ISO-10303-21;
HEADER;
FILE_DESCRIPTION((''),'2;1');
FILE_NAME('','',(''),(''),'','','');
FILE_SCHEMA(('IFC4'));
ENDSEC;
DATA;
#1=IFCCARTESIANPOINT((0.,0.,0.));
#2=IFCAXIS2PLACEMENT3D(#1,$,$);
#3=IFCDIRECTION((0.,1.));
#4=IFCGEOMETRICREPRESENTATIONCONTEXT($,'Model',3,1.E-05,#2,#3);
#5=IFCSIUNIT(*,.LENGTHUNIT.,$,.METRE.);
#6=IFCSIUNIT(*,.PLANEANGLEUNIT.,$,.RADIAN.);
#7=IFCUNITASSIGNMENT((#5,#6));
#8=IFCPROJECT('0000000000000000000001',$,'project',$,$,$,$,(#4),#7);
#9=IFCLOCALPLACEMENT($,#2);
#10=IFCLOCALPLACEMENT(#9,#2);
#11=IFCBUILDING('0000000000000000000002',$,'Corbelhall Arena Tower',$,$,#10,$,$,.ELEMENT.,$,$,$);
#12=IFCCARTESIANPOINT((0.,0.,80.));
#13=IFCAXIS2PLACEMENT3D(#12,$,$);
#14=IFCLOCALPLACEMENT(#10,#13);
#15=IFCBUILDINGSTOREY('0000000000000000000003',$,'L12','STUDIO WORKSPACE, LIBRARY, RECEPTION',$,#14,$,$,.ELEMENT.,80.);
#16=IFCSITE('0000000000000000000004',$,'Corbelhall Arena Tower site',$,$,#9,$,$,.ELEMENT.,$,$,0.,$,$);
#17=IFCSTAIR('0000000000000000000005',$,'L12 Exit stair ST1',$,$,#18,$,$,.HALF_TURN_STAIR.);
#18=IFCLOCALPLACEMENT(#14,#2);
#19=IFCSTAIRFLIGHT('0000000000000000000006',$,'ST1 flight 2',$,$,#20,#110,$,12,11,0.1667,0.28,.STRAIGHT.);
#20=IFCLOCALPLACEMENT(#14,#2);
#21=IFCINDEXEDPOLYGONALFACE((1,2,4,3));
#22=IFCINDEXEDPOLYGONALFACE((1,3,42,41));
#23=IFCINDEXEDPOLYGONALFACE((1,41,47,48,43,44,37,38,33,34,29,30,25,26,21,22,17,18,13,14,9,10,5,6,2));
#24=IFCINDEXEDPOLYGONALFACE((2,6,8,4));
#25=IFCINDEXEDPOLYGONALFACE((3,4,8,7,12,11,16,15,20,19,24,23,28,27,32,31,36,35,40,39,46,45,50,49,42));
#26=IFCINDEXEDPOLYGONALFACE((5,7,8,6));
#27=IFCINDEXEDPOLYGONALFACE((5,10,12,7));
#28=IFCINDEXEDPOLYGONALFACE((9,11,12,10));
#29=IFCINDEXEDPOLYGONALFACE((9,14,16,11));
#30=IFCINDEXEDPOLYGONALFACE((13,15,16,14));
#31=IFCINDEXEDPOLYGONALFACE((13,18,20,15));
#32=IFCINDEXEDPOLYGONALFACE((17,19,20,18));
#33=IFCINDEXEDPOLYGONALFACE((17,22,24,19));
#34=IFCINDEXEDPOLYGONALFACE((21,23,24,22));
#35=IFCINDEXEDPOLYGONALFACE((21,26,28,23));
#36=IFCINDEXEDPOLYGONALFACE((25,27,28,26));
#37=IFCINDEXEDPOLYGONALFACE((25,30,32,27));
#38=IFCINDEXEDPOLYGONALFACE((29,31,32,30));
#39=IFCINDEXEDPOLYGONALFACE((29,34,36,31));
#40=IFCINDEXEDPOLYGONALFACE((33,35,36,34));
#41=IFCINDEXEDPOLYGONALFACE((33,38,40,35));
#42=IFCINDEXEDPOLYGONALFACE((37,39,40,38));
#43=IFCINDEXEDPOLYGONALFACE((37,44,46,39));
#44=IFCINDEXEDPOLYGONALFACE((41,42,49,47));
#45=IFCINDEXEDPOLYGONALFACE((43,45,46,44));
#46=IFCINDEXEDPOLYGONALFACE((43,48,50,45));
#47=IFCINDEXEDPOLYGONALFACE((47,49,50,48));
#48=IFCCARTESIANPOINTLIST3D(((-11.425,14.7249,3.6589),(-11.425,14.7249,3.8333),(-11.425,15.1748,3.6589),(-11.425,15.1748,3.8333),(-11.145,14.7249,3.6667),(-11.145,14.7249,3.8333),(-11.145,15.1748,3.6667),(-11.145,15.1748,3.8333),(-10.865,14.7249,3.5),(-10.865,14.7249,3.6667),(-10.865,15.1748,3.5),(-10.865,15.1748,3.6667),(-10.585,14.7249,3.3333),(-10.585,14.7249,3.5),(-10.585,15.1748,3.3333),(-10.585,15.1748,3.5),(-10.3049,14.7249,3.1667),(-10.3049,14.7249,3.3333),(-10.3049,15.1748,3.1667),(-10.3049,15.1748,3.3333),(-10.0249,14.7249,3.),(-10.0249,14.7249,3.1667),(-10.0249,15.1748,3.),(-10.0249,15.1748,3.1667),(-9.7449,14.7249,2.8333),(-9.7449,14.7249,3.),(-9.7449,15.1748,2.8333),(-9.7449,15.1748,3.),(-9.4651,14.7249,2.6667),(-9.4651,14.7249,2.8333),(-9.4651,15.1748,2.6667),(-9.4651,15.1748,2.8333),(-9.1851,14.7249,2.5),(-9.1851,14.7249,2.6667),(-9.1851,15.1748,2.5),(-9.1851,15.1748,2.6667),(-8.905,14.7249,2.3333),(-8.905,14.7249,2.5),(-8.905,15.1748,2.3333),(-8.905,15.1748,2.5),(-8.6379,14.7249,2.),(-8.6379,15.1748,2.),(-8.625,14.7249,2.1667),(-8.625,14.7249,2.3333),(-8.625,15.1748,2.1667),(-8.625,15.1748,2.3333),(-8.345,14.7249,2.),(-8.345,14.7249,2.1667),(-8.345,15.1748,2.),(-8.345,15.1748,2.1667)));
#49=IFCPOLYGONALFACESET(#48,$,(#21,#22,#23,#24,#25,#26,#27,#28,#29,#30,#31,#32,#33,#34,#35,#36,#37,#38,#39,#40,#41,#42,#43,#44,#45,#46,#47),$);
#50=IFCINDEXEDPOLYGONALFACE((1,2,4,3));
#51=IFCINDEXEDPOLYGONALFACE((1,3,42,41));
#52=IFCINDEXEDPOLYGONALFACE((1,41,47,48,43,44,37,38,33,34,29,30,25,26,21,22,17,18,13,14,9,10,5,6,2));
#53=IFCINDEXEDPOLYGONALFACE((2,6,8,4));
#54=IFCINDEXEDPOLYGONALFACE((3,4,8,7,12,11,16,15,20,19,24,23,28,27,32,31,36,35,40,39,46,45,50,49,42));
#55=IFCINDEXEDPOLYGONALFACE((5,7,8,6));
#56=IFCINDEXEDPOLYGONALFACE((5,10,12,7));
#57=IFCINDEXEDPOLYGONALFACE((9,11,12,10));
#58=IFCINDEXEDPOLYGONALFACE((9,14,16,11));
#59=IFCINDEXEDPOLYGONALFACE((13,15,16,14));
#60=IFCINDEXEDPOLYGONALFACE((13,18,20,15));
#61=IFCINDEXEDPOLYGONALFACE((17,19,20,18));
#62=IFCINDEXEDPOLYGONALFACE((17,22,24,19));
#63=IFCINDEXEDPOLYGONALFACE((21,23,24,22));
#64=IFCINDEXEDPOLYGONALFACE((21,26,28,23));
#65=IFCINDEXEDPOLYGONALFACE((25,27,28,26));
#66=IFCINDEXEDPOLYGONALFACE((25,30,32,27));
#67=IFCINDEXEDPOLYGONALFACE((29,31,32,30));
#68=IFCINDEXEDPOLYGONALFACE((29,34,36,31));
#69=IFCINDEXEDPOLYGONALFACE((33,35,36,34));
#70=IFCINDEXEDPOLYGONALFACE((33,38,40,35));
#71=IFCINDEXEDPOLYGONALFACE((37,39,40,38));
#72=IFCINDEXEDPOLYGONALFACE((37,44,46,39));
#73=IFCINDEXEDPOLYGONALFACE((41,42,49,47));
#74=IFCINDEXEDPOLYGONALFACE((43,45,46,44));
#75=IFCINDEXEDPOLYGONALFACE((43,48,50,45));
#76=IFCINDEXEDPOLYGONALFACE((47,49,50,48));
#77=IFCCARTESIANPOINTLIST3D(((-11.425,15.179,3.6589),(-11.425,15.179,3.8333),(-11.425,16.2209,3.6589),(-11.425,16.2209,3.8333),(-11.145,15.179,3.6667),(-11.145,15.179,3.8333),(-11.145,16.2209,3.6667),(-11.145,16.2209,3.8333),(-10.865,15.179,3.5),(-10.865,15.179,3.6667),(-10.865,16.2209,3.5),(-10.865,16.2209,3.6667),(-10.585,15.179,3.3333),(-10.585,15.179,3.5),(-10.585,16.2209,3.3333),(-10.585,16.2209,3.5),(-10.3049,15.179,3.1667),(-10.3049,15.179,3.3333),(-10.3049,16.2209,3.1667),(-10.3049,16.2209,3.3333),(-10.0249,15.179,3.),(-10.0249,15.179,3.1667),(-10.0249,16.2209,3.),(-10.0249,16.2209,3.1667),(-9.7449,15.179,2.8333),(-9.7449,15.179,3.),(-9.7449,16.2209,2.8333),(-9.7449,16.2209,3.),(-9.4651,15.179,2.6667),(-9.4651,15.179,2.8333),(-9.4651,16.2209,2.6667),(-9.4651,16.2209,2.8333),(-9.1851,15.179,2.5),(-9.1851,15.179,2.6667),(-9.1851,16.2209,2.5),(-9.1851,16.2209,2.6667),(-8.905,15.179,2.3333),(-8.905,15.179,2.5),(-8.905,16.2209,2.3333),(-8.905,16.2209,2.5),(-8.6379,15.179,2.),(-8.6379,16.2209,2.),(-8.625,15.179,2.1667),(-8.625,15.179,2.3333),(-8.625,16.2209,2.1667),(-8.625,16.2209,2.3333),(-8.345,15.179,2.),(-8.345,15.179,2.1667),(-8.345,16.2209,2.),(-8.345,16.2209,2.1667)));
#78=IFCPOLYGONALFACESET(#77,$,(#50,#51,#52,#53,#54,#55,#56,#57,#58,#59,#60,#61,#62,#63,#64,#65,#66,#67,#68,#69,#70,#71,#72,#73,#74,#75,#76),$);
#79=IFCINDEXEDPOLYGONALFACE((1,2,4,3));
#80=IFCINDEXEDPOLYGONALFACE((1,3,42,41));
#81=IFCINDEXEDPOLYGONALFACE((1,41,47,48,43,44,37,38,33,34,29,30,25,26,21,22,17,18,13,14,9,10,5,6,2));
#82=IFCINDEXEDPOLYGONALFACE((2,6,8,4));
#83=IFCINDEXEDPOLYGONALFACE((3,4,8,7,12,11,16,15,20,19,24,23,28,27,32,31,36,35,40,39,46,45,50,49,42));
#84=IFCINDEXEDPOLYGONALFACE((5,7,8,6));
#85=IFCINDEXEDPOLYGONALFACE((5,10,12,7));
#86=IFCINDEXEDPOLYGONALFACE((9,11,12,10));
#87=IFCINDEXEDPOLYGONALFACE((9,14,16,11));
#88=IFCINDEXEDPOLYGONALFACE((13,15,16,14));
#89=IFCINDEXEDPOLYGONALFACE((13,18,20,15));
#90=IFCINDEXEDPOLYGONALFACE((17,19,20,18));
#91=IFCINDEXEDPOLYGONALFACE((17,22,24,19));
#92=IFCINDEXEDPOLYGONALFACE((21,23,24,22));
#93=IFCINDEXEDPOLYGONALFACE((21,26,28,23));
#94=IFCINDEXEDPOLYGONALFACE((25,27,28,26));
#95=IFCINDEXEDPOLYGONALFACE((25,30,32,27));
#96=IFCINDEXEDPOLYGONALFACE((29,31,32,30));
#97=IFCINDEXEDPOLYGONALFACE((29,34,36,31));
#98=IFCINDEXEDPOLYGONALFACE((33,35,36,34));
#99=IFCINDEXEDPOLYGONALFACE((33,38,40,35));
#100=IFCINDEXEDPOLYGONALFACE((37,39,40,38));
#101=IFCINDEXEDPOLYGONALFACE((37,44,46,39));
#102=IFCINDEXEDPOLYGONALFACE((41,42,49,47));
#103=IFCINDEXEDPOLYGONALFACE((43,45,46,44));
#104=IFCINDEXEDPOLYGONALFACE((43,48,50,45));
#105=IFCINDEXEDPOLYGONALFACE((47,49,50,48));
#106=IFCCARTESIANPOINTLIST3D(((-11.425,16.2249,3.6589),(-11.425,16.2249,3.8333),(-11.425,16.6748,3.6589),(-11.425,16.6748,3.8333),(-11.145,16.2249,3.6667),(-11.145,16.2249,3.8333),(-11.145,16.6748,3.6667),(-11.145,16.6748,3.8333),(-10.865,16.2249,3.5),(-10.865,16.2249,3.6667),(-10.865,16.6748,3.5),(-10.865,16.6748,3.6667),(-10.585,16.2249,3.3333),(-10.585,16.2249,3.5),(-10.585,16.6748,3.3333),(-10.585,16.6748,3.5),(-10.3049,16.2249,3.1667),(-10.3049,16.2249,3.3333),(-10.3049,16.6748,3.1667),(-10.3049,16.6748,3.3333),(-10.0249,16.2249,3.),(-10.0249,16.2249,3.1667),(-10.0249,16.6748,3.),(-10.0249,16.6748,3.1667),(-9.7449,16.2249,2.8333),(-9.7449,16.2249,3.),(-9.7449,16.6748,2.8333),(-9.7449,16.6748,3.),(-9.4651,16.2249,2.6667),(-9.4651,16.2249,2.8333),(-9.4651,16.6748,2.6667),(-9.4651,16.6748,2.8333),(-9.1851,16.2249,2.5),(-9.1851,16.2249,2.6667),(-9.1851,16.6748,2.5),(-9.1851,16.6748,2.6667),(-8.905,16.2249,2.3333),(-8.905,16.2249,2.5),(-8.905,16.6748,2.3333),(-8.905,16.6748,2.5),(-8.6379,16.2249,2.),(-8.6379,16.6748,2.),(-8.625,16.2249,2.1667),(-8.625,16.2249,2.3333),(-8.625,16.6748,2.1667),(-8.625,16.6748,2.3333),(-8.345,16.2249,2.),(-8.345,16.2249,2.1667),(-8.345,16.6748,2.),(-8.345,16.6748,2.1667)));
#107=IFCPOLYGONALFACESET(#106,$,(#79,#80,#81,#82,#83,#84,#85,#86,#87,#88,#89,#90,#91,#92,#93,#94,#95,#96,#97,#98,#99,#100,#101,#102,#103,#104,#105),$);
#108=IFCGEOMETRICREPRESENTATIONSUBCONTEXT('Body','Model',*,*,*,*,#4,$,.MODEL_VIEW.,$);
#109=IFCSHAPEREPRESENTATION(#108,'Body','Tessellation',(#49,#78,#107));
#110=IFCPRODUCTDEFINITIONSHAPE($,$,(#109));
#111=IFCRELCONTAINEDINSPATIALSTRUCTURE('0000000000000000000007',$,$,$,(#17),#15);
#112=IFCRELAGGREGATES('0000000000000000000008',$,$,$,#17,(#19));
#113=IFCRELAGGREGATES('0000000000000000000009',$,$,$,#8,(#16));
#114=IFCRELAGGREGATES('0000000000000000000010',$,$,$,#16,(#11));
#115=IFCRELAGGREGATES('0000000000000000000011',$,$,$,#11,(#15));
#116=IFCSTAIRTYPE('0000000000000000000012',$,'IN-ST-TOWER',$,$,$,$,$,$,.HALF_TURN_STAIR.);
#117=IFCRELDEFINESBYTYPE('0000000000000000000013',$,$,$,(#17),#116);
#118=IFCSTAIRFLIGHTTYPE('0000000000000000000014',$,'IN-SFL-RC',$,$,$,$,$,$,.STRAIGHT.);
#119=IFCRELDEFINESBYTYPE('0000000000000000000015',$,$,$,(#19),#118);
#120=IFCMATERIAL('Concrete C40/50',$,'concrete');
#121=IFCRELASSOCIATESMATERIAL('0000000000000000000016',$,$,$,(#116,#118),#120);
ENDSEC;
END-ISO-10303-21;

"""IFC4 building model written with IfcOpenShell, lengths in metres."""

from ifc_helpers import new_model, si_unit, direction, frame, origin, place, context, subcontext, project, spatial, polyline, outline, extrude, material, type_object, element, aggregate, save


model = new_model("IFC4")

# Units and contexts
model_context = context("Model", 3, precision=1e-05, world=origin(), true_north=direction((0.0, 1.0)))
body_context = subcontext(model_context, "Body", "Model", "MODEL_VIEW")
ifc_project = project(units=[si_unit("LENGTHUNIT", "METRE"), si_unit("PLANEANGLEUNIT", "RADIAN")], contexts=[model_context])

# Site, building, storey
site_placement = place(None, origin())
site = spatial("IfcSite", under=ifc_project, at=site_placement, Name="Corbelhall Arena Tower site", CompositionType="ELEMENT", RefElevation=0.0)
building_placement = place(site_placement, origin())
building = spatial("IfcBuilding", under=site, at=building_placement, Name="Corbelhall Arena Tower", CompositionType="ELEMENT")
storey_placement = place(building_placement, frame((0.0, 0.0, 80.0)))
storey = spatial("IfcBuildingStorey", under=building, at=storey_placement, Name="L12", Description="STUDIO WORKSPACE, LIBRARY, RECEPTION", CompositionType="ELEMENT", Elevation=80.0)

# Shared definitions
ifc_material_1 = material(Name="Concrete C40/50", Category="concrete")

# Stair, stair flight
stair_type = type_object("IfcStairType", Name="IN-ST-TOWER", PredefinedType="HALF_TURN_STAIR", material=ifc_material_1)
stair_placement = place(storey_placement, origin())
stair = element("IfcStair", 1, at=stair_placement, inside=storey, type_object=stair_type, Name="L12 Exit stair ST1", PredefinedType="HALF_TURN_STAIR")
stair_flight_type = type_object("IfcStairFlightType", Name="IN-SFL-RC", PredefinedType="STRAIGHT", material=ifc_material_1)
stair_flight_1_placement = place(storey_placement, frame((-8.345, 15.7, 2.0), z_axis=(0.0, 0.0, 1.0), x_axis=(-1.0, 0.0, 0.0)))
stair_flight_1 = element("IfcStairFlight", 2, at=stair_flight_1_placement, type_object=stair_flight_type, Name="ST1 flight 2", NumberOfRisers=12, NumberOfTreads=11, PredefinedType="STRAIGHT", RiserHeight=0.1667, TreadLength=0.28, context=body_context, shape_type="SweptSolid", body=[
    extrude(outline(polyline([(0.0, 0.0), (0.0, 0.1667), (0.28, 0.1667), (0.28, 0.3333), (0.5601, 0.3333), (0.5601, 0.5), (0.8401, 0.5), (0.8401, 0.6667), (1.1201, 0.6667), (1.1201, 0.8333), (1.3999, 0.8333), (1.3999, 1.0), (1.6799, 1.0), (1.6799, 1.1667), (1.96, 1.1667), (1.96, 1.3333), (2.24, 1.3333), (2.24, 1.5), (2.52, 1.5), (2.52, 1.6667), (2.8, 1.6667), (2.8, 1.8333), (3.0801, 1.8333), (3.0801, 2.0), (3.0801, 1.6589), (0.293, 0.0), (0.0, 0.0)])), frame((0.0, 0.9751, 0.0), z_axis=(0.0, -1.0, 0.0), x_axis=(1.0, 0.0, 0.0)), (0.0, 0.0, 1.0), 0.45),
    extrude(outline(polyline([(0.0, 0.0), (0.0, 0.1667), (0.28, 0.1667), (0.28, 0.3333), (0.5601, 0.3333), (0.5601, 0.5), (0.8401, 0.5), (0.8401, 0.6667), (1.1201, 0.6667), (1.1201, 0.8333), (1.3999, 0.8333), (1.3999, 1.0), (1.6799, 1.0), (1.6799, 1.1667), (1.96, 1.1667), (1.96, 1.3333), (2.24, 1.3333), (2.24, 1.5), (2.52, 1.5), (2.52, 1.6667), (2.8, 1.6667), (2.8, 1.8333), (3.0801, 1.8333), (3.0801, 2.0), (3.0801, 1.6589), (0.293, 0.0), (0.0, 0.0)])), frame((0.0, 0.521, 0.0), z_axis=(0.0, -1.0, 0.0), x_axis=(1.0, 0.0, 0.0)), (0.0, 0.0, 1.0), 1.042),
    extrude(outline(polyline([(0.0, 0.0), (0.0, 0.1667), (0.28, 0.1667), (0.28, 0.3333), (0.5601, 0.3333), (0.5601, 0.5), (0.8401, 0.5), (0.8401, 0.6667), (1.1201, 0.6667), (1.1201, 0.8333), (1.3999, 0.8333), (1.3999, 1.0), (1.6799, 1.0), (1.6799, 1.1667), (1.96, 1.1667), (1.96, 1.3333), (2.24, 1.3333), (2.24, 1.5), (2.52, 1.5), (2.52, 1.6667), (2.8, 1.6667), (2.8, 1.8333), (3.0801, 1.8333), (3.0801, 2.0), (3.0801, 1.6589), (0.293, 0.0), (0.0, 0.0)])), frame((0.0, -0.5249, 0.0), z_axis=(0.0, -1.0, 0.0), x_axis=(1.0, 0.0, 0.0)), (0.0, 0.0, 1.0), 0.45),
])
aggregate(stair, [stair_flight_1])

save(model, "model.ifc")
